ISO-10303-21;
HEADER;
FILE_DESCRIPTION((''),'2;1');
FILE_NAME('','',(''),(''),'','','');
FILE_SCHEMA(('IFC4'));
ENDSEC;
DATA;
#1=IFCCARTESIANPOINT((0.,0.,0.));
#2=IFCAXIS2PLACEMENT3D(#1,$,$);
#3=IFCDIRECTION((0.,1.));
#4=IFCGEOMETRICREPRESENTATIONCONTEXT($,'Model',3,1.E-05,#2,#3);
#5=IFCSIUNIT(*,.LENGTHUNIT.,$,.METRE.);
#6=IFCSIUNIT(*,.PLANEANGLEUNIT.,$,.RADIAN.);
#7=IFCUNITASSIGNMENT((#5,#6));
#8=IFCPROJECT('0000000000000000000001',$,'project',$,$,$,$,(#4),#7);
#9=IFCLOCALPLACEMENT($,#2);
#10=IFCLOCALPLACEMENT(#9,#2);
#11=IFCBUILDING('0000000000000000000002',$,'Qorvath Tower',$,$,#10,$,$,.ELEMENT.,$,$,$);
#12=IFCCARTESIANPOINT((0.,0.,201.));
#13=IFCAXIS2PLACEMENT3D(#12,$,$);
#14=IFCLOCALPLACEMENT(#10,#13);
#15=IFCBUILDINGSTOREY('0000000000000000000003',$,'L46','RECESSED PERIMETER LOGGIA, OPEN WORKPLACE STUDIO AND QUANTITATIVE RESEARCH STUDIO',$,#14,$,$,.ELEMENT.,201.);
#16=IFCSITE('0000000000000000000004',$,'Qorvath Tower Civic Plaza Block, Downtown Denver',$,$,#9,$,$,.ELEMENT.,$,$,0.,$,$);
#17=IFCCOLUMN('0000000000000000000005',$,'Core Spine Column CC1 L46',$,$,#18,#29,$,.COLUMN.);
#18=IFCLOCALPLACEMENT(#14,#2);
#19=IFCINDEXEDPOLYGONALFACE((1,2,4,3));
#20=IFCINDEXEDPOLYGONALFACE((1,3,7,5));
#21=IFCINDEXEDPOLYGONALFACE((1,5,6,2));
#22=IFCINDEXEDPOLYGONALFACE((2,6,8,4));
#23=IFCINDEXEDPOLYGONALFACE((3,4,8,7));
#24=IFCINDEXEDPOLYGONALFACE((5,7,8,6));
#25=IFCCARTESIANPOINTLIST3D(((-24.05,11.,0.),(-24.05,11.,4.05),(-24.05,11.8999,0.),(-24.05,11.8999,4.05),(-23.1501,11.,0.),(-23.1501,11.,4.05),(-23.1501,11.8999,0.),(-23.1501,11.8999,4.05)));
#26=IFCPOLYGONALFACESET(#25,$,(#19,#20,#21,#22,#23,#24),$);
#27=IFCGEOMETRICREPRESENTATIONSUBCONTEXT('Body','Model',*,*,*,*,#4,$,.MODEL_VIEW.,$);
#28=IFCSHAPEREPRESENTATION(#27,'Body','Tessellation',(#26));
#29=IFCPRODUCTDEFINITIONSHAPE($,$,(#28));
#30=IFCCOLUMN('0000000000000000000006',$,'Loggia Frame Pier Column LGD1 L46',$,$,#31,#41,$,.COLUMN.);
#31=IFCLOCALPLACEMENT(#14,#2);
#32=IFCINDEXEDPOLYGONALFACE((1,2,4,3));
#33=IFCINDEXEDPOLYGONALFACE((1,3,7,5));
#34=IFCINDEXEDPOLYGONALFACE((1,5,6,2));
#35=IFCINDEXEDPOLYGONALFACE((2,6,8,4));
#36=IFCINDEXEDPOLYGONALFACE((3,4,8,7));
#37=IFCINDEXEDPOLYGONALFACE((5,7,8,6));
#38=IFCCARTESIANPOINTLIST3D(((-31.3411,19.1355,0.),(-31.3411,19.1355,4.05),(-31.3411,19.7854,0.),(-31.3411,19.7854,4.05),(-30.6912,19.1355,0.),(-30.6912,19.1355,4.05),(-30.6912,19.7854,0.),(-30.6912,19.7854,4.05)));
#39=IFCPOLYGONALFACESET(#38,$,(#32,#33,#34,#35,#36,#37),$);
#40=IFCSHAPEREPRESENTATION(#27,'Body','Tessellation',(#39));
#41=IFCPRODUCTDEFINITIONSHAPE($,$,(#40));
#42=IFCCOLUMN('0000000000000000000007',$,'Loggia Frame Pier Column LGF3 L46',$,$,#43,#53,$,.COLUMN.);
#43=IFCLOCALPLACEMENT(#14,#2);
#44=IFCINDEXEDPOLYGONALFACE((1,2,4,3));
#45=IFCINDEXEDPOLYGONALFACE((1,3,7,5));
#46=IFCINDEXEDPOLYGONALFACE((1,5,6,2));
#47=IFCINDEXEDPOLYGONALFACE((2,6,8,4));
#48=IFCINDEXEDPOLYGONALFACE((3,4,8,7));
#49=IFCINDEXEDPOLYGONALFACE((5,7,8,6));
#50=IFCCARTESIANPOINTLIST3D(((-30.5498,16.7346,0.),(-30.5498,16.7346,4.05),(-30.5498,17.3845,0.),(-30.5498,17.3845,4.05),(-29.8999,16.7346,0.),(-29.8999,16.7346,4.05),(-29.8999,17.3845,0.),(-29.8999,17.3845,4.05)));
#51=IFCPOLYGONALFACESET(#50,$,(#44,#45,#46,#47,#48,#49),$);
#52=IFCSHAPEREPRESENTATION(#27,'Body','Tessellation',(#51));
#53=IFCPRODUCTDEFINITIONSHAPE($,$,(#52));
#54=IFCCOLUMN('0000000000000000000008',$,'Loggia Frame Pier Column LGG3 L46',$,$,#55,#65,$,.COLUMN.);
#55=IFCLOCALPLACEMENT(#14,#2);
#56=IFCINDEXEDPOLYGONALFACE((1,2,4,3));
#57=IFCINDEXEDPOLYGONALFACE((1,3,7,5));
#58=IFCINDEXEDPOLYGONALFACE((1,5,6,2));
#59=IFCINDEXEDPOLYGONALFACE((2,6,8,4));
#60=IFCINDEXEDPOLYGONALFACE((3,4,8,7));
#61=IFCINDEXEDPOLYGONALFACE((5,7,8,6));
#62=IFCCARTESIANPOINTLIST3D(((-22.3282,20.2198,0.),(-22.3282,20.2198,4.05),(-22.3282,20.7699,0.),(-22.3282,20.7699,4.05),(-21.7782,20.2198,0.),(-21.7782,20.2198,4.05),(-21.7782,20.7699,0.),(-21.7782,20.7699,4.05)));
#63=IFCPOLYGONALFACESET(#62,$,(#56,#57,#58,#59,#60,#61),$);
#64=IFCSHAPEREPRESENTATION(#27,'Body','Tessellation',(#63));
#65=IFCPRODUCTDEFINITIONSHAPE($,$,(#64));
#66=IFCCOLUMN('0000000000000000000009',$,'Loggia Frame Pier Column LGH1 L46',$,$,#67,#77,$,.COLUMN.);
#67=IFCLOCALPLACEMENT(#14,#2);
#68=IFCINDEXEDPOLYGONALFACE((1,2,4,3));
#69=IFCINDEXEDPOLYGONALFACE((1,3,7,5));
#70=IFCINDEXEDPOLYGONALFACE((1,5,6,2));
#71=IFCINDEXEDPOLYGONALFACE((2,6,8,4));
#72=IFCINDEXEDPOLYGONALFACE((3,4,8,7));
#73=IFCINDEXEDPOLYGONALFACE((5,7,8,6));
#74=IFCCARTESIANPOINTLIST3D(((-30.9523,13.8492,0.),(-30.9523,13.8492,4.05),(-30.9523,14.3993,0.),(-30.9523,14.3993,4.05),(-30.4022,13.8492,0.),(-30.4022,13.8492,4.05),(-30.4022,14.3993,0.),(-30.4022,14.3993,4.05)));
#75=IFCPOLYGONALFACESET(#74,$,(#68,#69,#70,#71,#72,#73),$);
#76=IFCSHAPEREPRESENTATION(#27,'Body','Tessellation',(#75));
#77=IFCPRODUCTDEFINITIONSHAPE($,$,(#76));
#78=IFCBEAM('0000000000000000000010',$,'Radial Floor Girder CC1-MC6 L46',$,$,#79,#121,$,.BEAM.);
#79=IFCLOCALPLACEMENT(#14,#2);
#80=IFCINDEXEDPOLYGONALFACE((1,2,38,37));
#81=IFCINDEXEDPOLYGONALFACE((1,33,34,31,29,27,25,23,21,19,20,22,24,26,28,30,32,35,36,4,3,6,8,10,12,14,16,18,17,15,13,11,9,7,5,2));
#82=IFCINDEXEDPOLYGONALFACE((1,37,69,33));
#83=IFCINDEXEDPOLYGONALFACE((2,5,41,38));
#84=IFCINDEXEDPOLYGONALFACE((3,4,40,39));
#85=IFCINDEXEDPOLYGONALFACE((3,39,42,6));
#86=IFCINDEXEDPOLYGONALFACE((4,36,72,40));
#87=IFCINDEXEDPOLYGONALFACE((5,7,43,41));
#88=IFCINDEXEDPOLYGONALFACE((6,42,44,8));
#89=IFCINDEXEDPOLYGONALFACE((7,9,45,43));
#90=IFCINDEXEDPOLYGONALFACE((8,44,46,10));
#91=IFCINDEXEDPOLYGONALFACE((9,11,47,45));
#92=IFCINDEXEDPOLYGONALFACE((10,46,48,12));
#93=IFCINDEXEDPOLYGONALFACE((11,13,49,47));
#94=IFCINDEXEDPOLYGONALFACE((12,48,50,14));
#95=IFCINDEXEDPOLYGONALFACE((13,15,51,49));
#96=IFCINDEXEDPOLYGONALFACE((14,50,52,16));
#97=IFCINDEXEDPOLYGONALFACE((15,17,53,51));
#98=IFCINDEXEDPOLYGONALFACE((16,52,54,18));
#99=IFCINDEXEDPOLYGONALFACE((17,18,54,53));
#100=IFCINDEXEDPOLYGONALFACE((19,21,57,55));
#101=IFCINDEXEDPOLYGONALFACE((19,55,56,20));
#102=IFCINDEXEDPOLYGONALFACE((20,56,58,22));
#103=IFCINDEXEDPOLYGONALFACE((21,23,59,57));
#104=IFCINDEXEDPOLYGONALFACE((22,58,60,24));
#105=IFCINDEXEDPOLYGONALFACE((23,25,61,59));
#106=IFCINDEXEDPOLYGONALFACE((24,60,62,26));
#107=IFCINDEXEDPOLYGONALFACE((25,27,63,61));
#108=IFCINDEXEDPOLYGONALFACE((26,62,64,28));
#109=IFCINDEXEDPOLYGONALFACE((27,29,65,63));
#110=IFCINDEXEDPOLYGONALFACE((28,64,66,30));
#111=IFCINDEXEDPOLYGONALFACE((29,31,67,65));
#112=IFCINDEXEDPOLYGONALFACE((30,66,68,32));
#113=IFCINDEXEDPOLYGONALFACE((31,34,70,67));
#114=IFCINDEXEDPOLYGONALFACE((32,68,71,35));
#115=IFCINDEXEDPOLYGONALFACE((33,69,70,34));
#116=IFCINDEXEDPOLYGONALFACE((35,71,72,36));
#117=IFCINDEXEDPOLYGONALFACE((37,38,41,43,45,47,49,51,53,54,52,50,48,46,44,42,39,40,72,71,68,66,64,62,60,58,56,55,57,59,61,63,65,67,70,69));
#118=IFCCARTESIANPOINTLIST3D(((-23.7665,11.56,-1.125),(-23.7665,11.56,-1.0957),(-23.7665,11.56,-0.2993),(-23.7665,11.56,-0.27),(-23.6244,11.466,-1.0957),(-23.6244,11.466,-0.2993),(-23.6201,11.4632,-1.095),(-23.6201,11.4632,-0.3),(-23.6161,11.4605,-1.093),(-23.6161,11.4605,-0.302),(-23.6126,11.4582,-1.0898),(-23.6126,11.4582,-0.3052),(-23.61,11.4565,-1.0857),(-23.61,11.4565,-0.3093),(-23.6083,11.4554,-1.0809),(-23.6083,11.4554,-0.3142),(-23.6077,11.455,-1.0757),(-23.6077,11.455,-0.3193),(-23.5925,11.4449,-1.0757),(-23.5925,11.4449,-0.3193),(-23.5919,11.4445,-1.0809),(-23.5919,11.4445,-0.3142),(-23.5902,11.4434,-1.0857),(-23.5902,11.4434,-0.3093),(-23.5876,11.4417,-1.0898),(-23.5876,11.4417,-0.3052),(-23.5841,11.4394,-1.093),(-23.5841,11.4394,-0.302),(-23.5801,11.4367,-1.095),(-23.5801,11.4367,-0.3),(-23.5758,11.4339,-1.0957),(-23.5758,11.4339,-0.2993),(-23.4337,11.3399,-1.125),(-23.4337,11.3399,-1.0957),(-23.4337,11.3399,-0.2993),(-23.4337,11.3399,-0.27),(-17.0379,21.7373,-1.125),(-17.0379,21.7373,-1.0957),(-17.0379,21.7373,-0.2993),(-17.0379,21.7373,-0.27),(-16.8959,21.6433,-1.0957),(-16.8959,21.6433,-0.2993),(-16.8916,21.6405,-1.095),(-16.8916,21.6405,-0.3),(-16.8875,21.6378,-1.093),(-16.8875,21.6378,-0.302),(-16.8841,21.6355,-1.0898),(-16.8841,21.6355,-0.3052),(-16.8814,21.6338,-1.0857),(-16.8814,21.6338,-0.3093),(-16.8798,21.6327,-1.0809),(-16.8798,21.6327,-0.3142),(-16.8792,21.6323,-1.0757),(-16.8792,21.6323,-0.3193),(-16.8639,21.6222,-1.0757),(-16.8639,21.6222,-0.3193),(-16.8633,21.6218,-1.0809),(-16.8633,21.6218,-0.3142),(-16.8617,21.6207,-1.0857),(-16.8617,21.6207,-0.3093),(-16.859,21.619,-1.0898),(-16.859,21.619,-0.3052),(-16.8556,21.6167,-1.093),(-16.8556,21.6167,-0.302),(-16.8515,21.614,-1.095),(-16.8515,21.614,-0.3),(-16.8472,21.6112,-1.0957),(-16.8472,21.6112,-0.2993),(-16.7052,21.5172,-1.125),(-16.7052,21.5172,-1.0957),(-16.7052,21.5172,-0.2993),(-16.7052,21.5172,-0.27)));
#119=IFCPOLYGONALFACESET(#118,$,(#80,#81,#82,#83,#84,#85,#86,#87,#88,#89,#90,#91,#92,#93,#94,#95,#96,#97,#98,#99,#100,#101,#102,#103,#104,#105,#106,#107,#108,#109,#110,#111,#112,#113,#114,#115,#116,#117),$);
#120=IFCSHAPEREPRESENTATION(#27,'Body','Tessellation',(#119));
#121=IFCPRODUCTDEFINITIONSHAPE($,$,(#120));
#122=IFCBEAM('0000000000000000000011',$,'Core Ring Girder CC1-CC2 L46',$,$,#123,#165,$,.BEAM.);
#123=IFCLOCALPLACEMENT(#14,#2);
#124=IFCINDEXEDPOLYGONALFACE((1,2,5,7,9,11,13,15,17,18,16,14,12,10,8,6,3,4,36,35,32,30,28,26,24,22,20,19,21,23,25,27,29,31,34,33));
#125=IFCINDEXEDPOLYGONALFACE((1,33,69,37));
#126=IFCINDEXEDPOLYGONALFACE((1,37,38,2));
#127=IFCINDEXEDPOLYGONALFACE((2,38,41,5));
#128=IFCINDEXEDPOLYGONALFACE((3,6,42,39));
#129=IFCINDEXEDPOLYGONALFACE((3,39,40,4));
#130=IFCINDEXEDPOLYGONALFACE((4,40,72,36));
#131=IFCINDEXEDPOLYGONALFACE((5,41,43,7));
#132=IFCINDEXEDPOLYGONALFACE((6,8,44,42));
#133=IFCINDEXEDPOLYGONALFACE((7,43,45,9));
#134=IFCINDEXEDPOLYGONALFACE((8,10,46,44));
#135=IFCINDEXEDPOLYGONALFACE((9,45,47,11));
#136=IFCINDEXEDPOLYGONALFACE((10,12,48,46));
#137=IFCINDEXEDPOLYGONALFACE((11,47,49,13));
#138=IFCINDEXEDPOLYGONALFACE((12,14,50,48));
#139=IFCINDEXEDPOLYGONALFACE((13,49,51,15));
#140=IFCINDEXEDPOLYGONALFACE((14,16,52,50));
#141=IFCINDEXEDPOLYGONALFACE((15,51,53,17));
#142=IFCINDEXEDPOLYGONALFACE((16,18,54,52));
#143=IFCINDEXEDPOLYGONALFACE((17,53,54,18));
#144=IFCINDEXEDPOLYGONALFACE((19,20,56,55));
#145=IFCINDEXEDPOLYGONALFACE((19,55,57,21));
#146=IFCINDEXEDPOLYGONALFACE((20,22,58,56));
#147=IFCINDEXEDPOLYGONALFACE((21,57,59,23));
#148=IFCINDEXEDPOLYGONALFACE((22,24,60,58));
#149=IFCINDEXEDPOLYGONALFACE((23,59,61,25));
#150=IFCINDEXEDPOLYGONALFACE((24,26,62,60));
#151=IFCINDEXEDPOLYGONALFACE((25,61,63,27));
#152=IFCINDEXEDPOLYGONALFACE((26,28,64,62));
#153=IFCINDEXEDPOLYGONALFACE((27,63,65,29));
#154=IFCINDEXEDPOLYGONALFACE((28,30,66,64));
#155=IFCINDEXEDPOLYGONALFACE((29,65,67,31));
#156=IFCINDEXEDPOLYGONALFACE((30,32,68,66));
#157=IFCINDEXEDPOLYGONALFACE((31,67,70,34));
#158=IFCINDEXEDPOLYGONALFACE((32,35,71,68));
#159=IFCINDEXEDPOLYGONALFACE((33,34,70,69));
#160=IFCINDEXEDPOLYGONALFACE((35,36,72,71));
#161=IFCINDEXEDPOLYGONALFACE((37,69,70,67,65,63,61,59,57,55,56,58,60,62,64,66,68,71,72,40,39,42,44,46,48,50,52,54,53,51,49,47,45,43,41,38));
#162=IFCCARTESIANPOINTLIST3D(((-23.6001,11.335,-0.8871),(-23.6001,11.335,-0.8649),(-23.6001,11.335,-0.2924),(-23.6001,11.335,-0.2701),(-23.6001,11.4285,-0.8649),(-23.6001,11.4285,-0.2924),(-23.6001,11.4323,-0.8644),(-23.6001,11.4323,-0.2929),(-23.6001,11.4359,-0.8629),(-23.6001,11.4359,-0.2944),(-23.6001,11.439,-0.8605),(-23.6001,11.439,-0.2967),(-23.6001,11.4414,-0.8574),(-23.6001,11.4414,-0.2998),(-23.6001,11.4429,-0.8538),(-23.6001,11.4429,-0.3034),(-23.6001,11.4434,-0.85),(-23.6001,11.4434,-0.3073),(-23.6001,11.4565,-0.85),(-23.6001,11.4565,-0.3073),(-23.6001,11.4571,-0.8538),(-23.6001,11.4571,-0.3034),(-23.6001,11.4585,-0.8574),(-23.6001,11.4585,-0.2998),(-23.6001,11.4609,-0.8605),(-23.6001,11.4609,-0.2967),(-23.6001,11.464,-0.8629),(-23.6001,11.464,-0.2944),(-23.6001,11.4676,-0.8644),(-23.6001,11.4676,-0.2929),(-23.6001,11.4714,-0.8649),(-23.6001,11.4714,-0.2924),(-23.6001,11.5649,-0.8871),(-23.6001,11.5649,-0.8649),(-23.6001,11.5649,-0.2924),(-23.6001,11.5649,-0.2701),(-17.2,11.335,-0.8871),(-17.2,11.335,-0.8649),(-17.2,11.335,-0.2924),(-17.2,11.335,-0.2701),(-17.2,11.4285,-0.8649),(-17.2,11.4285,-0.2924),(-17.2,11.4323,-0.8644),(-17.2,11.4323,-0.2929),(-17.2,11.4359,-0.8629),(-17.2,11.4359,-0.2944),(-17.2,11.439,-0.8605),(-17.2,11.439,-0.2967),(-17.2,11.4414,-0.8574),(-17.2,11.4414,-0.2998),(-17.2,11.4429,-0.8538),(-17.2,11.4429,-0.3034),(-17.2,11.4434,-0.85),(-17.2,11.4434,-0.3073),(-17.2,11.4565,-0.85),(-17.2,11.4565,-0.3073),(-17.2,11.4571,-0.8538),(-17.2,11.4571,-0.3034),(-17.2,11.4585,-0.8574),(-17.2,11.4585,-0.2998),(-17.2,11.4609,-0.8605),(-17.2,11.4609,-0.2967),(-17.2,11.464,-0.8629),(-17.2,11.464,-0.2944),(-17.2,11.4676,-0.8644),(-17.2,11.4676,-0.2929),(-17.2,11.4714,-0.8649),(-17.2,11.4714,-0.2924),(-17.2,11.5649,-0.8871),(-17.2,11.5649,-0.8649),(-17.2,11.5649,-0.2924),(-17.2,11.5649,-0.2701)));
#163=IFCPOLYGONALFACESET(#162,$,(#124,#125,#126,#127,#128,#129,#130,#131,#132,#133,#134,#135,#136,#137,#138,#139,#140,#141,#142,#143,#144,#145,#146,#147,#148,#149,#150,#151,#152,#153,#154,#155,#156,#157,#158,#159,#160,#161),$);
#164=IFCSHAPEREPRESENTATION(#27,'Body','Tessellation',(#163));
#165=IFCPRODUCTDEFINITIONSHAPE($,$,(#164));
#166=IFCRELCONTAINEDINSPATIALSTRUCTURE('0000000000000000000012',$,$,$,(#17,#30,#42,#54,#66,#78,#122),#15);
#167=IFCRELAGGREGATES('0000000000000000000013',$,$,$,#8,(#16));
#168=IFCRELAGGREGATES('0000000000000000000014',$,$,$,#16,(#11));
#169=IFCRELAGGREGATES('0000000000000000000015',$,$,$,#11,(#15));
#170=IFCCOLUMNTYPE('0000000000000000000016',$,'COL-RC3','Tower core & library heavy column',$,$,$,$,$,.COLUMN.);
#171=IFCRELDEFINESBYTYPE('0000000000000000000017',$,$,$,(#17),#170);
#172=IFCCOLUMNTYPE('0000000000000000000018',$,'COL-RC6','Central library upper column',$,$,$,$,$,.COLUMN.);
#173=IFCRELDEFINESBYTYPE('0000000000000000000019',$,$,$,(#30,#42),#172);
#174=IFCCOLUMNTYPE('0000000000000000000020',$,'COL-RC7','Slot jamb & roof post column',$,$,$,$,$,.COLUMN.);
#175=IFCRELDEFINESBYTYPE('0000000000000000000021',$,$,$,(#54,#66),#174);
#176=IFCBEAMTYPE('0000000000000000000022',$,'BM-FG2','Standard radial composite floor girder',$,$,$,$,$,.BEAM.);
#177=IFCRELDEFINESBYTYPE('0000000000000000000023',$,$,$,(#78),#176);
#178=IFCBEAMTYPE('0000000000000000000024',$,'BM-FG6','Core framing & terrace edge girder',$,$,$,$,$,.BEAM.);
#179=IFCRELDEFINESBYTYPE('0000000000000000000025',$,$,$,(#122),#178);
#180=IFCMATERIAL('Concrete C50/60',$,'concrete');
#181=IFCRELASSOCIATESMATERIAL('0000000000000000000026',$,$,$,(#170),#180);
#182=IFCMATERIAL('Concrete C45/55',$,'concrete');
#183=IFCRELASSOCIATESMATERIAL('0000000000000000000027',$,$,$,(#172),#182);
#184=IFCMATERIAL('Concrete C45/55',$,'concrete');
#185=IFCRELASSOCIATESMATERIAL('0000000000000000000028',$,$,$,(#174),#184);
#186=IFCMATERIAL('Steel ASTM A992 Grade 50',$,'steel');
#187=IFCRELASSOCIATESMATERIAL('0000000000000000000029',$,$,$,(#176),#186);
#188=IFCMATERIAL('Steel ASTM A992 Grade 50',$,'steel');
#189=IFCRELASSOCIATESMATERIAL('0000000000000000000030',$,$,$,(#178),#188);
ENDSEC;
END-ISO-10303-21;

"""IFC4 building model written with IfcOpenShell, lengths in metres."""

from ifc_helpers import new_model, si_unit, direction, frame, origin, origin_2d, place, context, subcontext, project, spatial, rectangle, i_section, extrude, material, material_profile, profile_set, type_object, element, save


model = new_model("IFC4")

# Units and contexts
model_context = context("Model", 3, precision=1e-05, world=origin(), true_north=direction((0.0, 1.0)))
body_context = subcontext(model_context, "Body", "Model", "MODEL_VIEW")
ifc_project = project(units=[si_unit("LENGTHUNIT", "METRE"), si_unit("PLANEANGLEUNIT", "RADIAN")], contexts=[model_context])

# Site, building, storey
site_placement = place(None, origin())
site = spatial("IfcSite", under=ifc_project, at=site_placement, Name="Qorvath Tower Civic Plaza Block, Downtown Denver", CompositionType="ELEMENT", RefElevation=0.0)
building_placement = place(site_placement, origin())
building = spatial("IfcBuilding", under=site, at=building_placement, Name="Qorvath Tower", CompositionType="ELEMENT")
storey_placement = place(building_placement, frame((0.0, 0.0, 201.0)))
storey = spatial("IfcBuildingStorey", under=building, at=storey_placement, Name="L46", Description="RECESSED PERIMETER LOGGIA, OPEN WORKPLACE STUDIO AND QUANTITATIVE RESEARCH STUDIO", CompositionType="ELEMENT", Elevation=201.0)

# Columns
ifc_material_1 = material(Name="Concrete C50/60", Category="concrete")
ifc_material_profile_1 = material_profile(ifc_material_1, rectangle(XDim=0.8999, YDim=0.8999, at=origin_2d()), Name="RC 900x900")
ifc_profile_set_1 = profile_set([ifc_material_profile_1], Name="Concrete C50/60")
column_type_1 = type_object("IfcColumnType", Name="COL-RC3", Description="Tower core & library heavy column", PredefinedType="COLUMN", material=ifc_profile_set_1)
column_placement = place(storey_placement, frame((-23.6001, 11.45, 0.0), z_axis=(0.0, 0.0, 1.0), x_axis=(1.0, 0.0, 0.0)))
element("IfcColumn", 1, at=column_placement, inside=storey, type_object=column_type_1, Name="Core Spine Column CC1 L46", PredefinedType="COLUMN", context=body_context, shape_type="SweptSolid", body=[
    extrude(rectangle(XDim=0.8999, YDim=0.8999, at=origin_2d()), origin(), (0.0, 0.0, 1.0), 4.05),
])
ifc_material_2 = material(Name="Concrete C45/55", Category="concrete")
ifc_material_profile_2 = material_profile(ifc_material_2, rectangle(XDim=0.6499, YDim=0.6499, at=origin_2d()), Name="RC 650x650")
ifc_profile_set_2 = profile_set([ifc_material_profile_2], Name="Concrete C45/55")
column_type_2 = type_object("IfcColumnType", Name="COL-RC6", Description="Central library upper column", PredefinedType="COLUMN", material=ifc_profile_set_2)
for number, where, z_axis, x_axis, name in (
    (2, (-31.0161, 19.4604, 0.0), (0.0, 0.0, 1.0), (1.0, 0.0, 0.0), "Loggia Frame Pier Column LGD1 L46"),
    (3, (-30.2249, 17.0596, 0.0), (0.0, 0.0, 1.0), (1.0, 0.0, 0.0), "Loggia Frame Pier Column LGF3 L46"),
):
    element("IfcColumn", number, at=place(storey_placement, frame(where, z_axis=z_axis, x_axis=x_axis)), inside=storey, type_object=column_type_2, Name=name, PredefinedType="COLUMN", context=body_context, shape_type="SweptSolid", body=[
        extrude(rectangle(XDim=0.6499, YDim=0.6499, at=origin_2d()), origin(), (0.0, 0.0, 1.0), 4.05),
    ])
ifc_material_3 = material(Name="Concrete C45/55", Category="concrete")
ifc_material_profile_3 = material_profile(ifc_material_3, rectangle(XDim=0.55, YDim=0.55, at=origin_2d()), Name="RC 550x550")
ifc_profile_set_3 = profile_set([ifc_material_profile_3], Name="Concrete C45/55")
column_type_3 = type_object("IfcColumnType", Name="COL-RC7", Description="Slot jamb & roof post column", PredefinedType="COLUMN", material=ifc_profile_set_3)
for number, where, z_axis, x_axis, name in (
    (4, (-22.0532, 20.4949, 0.0), (0.0, 0.0, 1.0), (1.0, 0.0, 0.0), "Loggia Frame Pier Column LGG3 L46"),
    (5, (-30.6772, 14.1243, 0.0), (0.0, 0.0, 1.0), (1.0, 0.0, 0.0), "Loggia Frame Pier Column LGH1 L46"),
):
    element("IfcColumn", number, at=place(storey_placement, frame(where, z_axis=z_axis, x_axis=x_axis)), inside=storey, type_object=column_type_3, Name=name, PredefinedType="COLUMN", context=body_context, shape_type="SweptSolid", body=[
        extrude(rectangle(XDim=0.55, YDim=0.55, at=origin_2d()), origin(), (0.0, 0.0, 1.0), 4.05),
    ])

# Beams
ifc_material_4 = material(Name="Steel ASTM A992 Grade 50", Category="steel")
ifc_material_profile_4 = material_profile(ifc_material_4, i_section(OverallWidth=0.3989, OverallDepth=0.855, WebThickness=0.0183, FlangeThickness=0.0293, FilletRadius=0.02, at=origin_2d()), Name="W33x201")
ifc_profile_set_4 = profile_set([ifc_material_profile_4], Name="Steel ASTM A992 Grade 50")
beam_type_1 = type_object("IfcBeamType", Name="BM-FG2", Description="Standard radial composite floor girder", PredefinedType="BEAM", material=ifc_profile_set_4)
beam_1_placement = place(storey_placement, frame((-23.6001, 11.45, -0.6975), z_axis=(0.551501, 0.834175, 0.0), x_axis=(-0.834175, 0.551501, 0.0)))
element("IfcBeam", 6, at=beam_1_placement, inside=storey, type_object=beam_type_1, Name="Radial Floor Girder CC1-MC6 L46", PredefinedType="BEAM", context=body_context, shape_type="SweptSolid", body=[
    extrude(i_section(OverallWidth=0.3989, OverallDepth=0.855, WebThickness=0.0183, FlangeThickness=0.0293, FilletRadius=0.02, at=origin_2d()), origin(), (0.0, 0.0, 1.0), 12.2004),
])
ifc_material_5 = material(Name="Steel ASTM A992 Grade 50", Category="steel")
ifc_material_profile_5 = material_profile(ifc_material_5, i_section(OverallWidth=0.23, OverallDepth=0.6169, WebThickness=0.0132, FlangeThickness=0.0222, FilletRadius=0.0149, at=origin_2d()), Name="W24x94")
ifc_profile_set_5 = profile_set([ifc_material_profile_5], Name="Steel ASTM A992 Grade 50")
beam_type_2 = type_object("IfcBeamType", Name="BM-FG6", Description="Core framing & terrace edge girder", PredefinedType="BEAM", material=ifc_profile_set_5)
beam_2_placement = place(storey_placement, frame((-23.6001, 11.45, -0.5786), z_axis=(1.0, 0.0, 0.0), x_axis=(0.0, 1.0, 0.0)))
element("IfcBeam", 7, at=beam_2_placement, inside=storey, type_object=beam_type_2, Name="Core Ring Girder CC1-CC2 L46", PredefinedType="BEAM", context=body_context, shape_type="SweptSolid", body=[
    extrude(i_section(OverallWidth=0.23, OverallDepth=0.6169, WebThickness=0.0132, FlangeThickness=0.0222, FilletRadius=0.0149, at=origin_2d()), origin(), (0.0, 0.0, 1.0), 6.4001),
])

save(model, "model.ifc")
